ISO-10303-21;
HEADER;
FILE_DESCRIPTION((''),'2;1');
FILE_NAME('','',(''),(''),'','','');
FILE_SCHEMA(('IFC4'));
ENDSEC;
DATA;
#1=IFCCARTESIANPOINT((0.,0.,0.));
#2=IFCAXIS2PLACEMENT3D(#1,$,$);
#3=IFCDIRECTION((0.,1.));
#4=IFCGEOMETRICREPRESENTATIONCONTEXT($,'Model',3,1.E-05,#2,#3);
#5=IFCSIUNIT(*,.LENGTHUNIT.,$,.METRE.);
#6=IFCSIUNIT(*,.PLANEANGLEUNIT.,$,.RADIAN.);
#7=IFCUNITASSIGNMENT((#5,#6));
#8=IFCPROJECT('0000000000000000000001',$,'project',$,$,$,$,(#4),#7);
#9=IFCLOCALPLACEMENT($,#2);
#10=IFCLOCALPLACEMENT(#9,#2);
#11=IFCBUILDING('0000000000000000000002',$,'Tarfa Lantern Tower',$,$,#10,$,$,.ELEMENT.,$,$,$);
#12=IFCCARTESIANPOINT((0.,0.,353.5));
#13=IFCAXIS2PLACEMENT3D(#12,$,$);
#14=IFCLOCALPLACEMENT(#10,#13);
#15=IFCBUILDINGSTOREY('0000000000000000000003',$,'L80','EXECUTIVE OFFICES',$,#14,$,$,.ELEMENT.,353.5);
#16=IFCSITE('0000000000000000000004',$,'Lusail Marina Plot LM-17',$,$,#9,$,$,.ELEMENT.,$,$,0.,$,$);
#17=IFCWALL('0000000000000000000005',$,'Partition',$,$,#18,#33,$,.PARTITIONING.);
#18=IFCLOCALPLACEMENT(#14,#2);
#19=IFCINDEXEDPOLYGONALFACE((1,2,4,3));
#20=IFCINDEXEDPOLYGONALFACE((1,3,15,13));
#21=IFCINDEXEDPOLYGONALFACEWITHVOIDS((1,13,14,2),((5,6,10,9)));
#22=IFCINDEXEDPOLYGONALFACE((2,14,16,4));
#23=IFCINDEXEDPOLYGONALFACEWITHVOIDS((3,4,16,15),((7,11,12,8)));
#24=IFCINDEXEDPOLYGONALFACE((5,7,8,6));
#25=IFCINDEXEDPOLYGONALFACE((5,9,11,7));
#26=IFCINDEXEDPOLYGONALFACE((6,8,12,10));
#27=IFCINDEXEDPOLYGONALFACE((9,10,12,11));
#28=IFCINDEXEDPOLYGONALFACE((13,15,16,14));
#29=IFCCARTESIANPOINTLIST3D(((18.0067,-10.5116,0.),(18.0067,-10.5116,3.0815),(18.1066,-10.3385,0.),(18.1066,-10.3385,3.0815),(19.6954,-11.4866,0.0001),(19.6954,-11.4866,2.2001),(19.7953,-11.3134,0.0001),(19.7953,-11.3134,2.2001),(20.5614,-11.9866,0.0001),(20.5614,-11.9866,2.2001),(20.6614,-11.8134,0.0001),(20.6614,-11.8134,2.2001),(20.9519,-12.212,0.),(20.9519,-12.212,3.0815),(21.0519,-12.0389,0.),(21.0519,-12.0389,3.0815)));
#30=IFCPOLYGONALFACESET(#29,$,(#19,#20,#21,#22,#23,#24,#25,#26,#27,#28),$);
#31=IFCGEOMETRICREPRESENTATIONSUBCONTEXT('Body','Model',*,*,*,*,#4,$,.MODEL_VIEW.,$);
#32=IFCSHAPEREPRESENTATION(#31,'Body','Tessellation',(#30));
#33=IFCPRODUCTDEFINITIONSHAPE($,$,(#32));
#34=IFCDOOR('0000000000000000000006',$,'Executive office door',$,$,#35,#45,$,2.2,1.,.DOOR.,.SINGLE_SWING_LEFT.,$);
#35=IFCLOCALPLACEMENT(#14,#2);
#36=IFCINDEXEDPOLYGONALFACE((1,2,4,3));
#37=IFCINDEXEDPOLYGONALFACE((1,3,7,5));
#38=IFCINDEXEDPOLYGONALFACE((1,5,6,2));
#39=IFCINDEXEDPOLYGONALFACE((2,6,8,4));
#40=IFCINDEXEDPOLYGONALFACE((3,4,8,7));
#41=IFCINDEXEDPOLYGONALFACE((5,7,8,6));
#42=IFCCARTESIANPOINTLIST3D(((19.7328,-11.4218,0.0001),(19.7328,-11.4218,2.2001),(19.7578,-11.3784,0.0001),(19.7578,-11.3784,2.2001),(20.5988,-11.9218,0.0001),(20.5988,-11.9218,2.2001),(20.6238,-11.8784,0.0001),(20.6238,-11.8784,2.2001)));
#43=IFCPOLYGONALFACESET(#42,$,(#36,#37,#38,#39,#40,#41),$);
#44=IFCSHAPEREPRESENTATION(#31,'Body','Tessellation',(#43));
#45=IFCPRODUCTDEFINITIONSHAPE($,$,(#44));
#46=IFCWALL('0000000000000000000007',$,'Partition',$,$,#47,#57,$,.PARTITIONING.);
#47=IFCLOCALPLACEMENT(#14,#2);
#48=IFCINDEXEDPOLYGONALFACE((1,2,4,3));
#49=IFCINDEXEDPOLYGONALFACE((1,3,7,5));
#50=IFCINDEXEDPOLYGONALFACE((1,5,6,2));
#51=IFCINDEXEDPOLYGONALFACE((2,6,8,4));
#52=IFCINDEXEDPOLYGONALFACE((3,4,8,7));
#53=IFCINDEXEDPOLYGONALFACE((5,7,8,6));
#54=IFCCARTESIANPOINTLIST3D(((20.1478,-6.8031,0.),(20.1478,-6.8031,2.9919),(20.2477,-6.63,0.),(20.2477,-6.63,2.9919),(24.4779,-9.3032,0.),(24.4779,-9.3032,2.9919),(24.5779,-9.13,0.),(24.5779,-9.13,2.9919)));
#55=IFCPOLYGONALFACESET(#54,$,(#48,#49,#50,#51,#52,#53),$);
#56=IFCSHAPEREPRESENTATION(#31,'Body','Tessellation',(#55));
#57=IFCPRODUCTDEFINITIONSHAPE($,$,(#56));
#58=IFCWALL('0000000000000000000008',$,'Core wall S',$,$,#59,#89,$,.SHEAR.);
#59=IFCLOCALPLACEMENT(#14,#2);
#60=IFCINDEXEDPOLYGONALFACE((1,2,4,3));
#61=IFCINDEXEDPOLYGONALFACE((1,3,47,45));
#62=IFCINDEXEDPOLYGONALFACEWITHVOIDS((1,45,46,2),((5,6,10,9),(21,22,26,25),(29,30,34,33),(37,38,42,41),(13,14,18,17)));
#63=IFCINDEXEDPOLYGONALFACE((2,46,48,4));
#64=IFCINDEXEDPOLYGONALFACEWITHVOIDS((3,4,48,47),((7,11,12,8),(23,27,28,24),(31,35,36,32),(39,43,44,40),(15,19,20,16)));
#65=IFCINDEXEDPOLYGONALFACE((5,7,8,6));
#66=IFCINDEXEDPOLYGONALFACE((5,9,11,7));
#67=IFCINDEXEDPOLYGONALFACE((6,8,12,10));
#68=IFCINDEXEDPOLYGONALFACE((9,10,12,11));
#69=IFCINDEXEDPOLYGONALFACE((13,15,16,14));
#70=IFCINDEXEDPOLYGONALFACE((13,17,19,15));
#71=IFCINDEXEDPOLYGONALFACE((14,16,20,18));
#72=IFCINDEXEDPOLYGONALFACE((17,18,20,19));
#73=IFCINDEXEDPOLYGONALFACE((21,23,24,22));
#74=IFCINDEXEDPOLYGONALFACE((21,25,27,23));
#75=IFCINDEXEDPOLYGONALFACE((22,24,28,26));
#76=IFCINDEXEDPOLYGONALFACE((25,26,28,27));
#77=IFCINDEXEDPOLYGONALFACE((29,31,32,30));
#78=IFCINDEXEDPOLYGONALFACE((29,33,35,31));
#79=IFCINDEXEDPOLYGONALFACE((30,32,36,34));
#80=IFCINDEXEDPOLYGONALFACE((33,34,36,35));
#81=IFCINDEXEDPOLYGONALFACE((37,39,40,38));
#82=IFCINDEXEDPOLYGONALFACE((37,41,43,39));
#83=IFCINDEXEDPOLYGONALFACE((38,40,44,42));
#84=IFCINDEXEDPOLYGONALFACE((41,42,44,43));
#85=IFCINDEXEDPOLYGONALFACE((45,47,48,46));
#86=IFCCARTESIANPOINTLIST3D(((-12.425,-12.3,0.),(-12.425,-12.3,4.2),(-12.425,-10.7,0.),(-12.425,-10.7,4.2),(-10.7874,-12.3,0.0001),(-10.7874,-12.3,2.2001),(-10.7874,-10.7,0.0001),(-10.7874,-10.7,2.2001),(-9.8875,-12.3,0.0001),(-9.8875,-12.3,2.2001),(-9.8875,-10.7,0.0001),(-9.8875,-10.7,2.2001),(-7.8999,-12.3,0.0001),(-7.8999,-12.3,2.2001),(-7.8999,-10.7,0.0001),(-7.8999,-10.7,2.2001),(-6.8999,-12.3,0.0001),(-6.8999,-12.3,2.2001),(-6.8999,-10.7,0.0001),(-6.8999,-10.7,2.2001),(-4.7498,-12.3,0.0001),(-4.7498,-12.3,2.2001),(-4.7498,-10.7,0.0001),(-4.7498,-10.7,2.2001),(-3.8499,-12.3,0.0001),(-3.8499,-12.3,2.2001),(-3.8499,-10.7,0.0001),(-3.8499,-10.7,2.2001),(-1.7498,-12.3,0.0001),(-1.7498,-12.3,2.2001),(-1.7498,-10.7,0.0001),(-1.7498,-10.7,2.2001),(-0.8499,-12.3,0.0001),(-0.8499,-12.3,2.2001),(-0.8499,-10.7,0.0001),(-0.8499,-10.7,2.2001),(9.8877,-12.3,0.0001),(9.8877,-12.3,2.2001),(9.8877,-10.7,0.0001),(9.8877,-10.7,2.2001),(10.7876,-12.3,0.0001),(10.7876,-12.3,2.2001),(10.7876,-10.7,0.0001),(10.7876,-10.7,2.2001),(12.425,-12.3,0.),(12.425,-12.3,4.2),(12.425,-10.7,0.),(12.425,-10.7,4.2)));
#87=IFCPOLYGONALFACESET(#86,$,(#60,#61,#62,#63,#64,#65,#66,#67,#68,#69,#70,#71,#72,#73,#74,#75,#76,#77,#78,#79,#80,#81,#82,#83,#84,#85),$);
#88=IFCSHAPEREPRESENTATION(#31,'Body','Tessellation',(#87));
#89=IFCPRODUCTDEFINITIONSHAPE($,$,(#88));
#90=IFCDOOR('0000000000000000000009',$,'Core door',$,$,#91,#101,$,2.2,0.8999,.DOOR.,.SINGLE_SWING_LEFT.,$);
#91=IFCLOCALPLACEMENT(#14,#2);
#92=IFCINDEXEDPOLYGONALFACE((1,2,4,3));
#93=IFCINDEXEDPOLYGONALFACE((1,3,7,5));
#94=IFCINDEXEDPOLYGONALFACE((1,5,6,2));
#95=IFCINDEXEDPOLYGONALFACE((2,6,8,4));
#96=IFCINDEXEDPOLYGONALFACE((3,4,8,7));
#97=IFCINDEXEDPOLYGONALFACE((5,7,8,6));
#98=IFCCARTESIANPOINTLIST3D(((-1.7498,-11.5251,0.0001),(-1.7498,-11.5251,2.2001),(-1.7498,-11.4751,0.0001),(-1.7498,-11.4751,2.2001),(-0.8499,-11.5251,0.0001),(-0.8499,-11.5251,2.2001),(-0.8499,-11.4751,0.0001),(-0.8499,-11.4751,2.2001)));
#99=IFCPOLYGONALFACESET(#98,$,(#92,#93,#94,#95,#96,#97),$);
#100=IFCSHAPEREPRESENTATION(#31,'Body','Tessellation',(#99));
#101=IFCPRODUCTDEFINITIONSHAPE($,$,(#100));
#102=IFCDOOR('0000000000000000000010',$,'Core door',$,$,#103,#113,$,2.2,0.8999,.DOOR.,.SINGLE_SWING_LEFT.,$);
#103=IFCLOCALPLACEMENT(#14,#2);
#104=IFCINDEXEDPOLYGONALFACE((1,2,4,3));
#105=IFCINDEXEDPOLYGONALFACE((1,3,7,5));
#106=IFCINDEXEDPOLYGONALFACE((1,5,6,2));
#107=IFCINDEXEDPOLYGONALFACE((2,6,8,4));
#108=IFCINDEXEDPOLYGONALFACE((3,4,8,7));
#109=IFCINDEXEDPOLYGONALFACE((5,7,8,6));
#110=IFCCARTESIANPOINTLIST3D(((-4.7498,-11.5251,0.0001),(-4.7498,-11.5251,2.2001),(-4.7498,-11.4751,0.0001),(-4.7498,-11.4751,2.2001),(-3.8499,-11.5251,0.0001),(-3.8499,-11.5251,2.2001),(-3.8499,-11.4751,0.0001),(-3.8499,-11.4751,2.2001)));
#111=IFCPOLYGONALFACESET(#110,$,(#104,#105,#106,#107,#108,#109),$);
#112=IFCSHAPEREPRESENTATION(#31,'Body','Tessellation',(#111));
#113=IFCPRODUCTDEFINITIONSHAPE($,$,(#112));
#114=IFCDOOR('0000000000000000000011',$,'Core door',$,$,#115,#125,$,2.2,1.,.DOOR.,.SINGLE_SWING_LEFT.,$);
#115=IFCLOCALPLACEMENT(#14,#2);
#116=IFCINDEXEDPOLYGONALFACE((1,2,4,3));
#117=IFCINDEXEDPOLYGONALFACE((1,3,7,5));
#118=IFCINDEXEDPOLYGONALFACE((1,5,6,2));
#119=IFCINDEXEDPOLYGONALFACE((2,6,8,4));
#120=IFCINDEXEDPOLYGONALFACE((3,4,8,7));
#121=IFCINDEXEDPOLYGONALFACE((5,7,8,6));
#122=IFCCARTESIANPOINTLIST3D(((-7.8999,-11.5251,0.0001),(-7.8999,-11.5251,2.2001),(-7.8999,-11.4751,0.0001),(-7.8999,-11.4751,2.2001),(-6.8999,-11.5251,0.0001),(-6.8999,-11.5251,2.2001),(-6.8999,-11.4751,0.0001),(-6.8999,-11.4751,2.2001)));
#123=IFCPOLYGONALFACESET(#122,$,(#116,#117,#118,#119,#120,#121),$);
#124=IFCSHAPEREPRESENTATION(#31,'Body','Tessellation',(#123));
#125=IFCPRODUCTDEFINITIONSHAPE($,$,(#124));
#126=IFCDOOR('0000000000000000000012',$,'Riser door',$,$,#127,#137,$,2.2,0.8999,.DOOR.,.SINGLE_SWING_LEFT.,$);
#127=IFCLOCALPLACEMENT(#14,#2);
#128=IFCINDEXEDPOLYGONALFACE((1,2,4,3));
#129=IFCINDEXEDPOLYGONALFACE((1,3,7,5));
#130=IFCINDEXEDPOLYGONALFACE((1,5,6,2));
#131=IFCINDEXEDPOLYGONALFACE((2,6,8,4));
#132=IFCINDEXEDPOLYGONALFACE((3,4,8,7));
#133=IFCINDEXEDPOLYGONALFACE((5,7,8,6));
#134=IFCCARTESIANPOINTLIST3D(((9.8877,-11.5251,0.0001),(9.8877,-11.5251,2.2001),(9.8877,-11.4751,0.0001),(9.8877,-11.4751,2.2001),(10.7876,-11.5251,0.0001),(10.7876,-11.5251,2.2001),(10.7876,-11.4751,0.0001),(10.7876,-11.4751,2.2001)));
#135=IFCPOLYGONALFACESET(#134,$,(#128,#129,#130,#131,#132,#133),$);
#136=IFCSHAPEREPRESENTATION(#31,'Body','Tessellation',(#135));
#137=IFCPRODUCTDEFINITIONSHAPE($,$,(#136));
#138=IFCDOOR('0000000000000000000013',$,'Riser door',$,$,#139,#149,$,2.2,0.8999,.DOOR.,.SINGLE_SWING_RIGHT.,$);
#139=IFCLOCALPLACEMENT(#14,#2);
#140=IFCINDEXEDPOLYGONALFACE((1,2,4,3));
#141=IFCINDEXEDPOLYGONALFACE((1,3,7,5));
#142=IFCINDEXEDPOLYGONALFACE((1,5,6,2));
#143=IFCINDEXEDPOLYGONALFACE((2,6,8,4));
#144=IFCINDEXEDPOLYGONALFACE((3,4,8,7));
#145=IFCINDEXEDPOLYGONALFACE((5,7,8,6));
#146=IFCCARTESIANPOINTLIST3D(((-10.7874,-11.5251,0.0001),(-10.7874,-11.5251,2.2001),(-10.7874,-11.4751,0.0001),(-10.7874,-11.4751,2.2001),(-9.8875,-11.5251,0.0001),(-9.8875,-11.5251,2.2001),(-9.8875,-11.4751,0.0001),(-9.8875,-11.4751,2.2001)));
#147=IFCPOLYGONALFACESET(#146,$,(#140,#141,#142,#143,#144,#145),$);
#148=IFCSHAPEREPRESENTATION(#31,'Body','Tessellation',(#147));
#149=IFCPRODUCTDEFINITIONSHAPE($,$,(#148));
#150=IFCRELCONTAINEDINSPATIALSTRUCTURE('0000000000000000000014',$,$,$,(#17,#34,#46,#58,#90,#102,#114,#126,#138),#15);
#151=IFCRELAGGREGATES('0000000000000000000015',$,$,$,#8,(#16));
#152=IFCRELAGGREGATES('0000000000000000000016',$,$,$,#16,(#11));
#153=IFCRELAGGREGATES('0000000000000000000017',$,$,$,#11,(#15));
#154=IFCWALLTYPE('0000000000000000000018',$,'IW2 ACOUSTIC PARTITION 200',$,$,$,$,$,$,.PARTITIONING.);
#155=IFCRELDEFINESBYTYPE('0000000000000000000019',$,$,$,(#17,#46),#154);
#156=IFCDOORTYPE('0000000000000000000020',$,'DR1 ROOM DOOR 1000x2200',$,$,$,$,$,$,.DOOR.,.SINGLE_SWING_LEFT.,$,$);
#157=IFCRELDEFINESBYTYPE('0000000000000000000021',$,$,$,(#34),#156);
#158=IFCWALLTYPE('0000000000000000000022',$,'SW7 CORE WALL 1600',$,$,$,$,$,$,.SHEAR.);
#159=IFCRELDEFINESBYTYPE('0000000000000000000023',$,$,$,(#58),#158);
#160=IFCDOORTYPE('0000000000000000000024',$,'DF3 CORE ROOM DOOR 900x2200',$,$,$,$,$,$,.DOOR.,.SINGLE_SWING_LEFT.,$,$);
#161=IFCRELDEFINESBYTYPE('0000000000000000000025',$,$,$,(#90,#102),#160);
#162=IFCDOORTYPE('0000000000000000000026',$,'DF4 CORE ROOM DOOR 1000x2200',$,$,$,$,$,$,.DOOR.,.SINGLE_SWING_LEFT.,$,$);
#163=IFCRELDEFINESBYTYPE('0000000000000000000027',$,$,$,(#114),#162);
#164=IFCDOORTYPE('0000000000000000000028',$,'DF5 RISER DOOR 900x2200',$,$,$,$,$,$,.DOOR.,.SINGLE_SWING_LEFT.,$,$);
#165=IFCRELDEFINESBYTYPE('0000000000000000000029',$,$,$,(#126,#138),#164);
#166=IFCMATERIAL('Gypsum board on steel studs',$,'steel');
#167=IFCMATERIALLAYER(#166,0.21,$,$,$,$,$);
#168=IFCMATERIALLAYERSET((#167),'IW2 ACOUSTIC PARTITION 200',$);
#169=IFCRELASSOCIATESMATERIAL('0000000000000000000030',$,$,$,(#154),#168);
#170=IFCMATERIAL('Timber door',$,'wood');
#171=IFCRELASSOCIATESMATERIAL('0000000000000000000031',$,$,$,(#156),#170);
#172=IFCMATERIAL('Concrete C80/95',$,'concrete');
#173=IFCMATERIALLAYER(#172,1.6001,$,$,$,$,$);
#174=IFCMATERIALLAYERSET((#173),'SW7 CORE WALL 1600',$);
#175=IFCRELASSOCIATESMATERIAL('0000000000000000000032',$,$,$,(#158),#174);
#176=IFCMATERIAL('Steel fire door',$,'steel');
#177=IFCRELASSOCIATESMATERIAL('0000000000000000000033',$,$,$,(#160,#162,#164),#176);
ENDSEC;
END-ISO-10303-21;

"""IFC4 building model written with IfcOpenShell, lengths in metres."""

from ifc_helpers import new_model, si_unit, direction, frame, frame_2d, origin, place, context, subcontext, project, spatial, rectangle, extrude, material, layer, layer_set, type_object, element, fill, save


model = new_model("IFC4")

# Units and contexts
model_context = context("Model", 3, precision=1e-05, world=origin(), true_north=direction((0.0, 1.0)))
body_context = subcontext(model_context, "Body", "Model", "MODEL_VIEW")
ifc_project = project(units=[si_unit("LENGTHUNIT", "METRE"), si_unit("PLANEANGLEUNIT", "RADIAN")], contexts=[model_context])

# Site, building, storey
site_placement = place(None, origin())
site = spatial("IfcSite", under=ifc_project, at=site_placement, Name="Lusail Marina Plot LM-17", CompositionType="ELEMENT", RefElevation=0.0)
building_placement = place(site_placement, origin())
building = spatial("IfcBuilding", under=site, at=building_placement, Name="Tarfa Lantern Tower", CompositionType="ELEMENT")
storey_placement = place(building_placement, frame((0.0, 0.0, 353.5)))
storey = spatial("IfcBuildingStorey", under=building, at=storey_placement, Name="L80", Description="EXECUTIVE OFFICES", CompositionType="ELEMENT", Elevation=353.5)

# Shared definitions
ifc_material_1 = material(Name="Concrete C80/95", Category="concrete")

# Wall, opening, door
ifc_material_2 = material(Name="Gypsum board on steel studs", Category="steel")
ifc_layer_1 = layer(ifc_material_2, 0.21)
ifc_layer_set_1 = layer_set([ifc_layer_1], Name="IW2 ACOUSTIC PARTITION 200")
wall_type_1 = type_object("IfcWallType", Name="IW2 ACOUSTIC PARTITION 200", PredefinedType="PARTITIONING", material=ifc_layer_set_1)
wall_1_placement = place(storey_placement, frame((18.0566, -10.425, 0.0), z_axis=(0.0, 0.0, 1.0), x_axis=(0.86603, -0.499992, 0.0)))
wall_1 = element("IfcWall", 1, at=wall_1_placement, inside=storey, type_object=wall_type_1, Name="Partition", PredefinedType="PARTITIONING", context=body_context, shape_type="SweptSolid", body=[
    extrude(rectangle(XDim=3.4009, YDim=0.2, at=frame_2d((1.7004, 0.0))), origin(), (0.0, 0.0, 1.0), 3.0815),
])
opening_1_placement = place(wall_1_placement, frame((1.95, 0.0, 0.0)))
opening_1 = element("IfcOpeningElement", 2, at=opening_1_placement, cuts=wall_1, PredefinedType="OPENING", context=body_context, shape_type="SweptSolid", body=[
    extrude(rectangle(XDim=1.0, YDim=2.2, at=frame_2d((0.5, 1.1001))), frame((0.0, 0.1099, 0.0), z_axis=(0.0, -1.0, 0.0), x_axis=(1.0, 0.0, 0.0)), (0.0, 0.0, 1.0), 0.22),
])
ifc_material_3 = material(Name="Timber door", Category="wood")
door_type_1 = type_object("IfcDoorType", Name="DR1 ROOM DOOR 1000x2200", OperationType="SINGLE_SWING_LEFT", PredefinedType="DOOR", material=ifc_material_3)
door_1_placement = place(opening_1_placement, origin())
door_1 = element("IfcDoor", 3, at=door_1_placement, inside=storey, type_object=door_type_1, Name="Executive office door", OperationType="SINGLE_SWING_LEFT", OverallHeight=2.2, OverallWidth=1.0, PredefinedType="DOOR", context=body_context, shape_type="SweptSolid", body=[
    extrude(rectangle(XDim=1.0, YDim=2.2, at=frame_2d((0.5, 1.1001))), frame((0.0, 0.0249, 0.0), z_axis=(0.0, -1.0, 0.0), x_axis=(1.0, 0.0, 0.0)), (0.0, 0.0, 1.0), 0.05),
])
fill(opening_1, door_1)

# Wall
wall_2_placement = place(storey_placement, frame((20.1978, -6.7166, 0.0), z_axis=(0.0, 0.0, 1.0), x_axis=(0.866023, -0.500004, 0.0)))
element("IfcWall", 4, at=wall_2_placement, inside=storey, type_object=wall_type_1, Name="Partition", PredefinedType="PARTITIONING", context=body_context, shape_type="SweptSolid", body=[
    extrude(rectangle(XDim=5.0, YDim=0.2, at=frame_2d((2.5, 0.0))), origin(), (0.0, 0.0, 1.0), 2.9919),
])

# Shared definitions
ifc_material_4 = material(Name="Steel fire door", Category="steel")

# Wall, openings, doors
ifc_layer_2 = layer(ifc_material_1, 1.6001)
ifc_layer_set_2 = layer_set([ifc_layer_2], Name="SW7 CORE WALL 1600")
wall_type_2 = type_object("IfcWallType", Name="SW7 CORE WALL 1600", PredefinedType="SHEAR", material=ifc_layer_set_2)
wall_3_placement = place(storey_placement, frame((12.425, -11.5, 0.0), z_axis=(0.0, 0.0, 1.0), x_axis=(-1.0, 0.0, 0.0)))
wall_3 = element("IfcWall", 5, at=wall_3_placement, inside=storey, type_object=wall_type_2, Name="Core wall S", PredefinedType="SHEAR", context=body_context, shape_type="SweptSolid", body=[
    extrude(rectangle(XDim=24.8501, YDim=1.6001, at=frame_2d((12.425, 0.0))), origin(), (0.0, 0.0, 1.0), 4.2),
])
opening_2_placement = place(wall_3_placement, frame((13.2749, 0.0, 0.0)))
opening_2 = element("IfcOpeningElement", 6, at=opening_2_placement, cuts=wall_3, PredefinedType="OPENING", context=body_context, shape_type="SweptSolid", body=[
    extrude(rectangle(XDim=0.8999, YDim=2.2, at=frame_2d((0.45, 1.1001))), frame((0.0, 0.8101, 0.0), z_axis=(0.0, -1.0, 0.0), x_axis=(1.0, 0.0, 0.0)), (0.0, 0.0, 1.0), 1.6201),
])
opening_3_placement = place(wall_3_placement, frame((16.2749, 0.0, 0.0)))
opening_3 = element("IfcOpeningElement", 7, at=opening_3_placement, cuts=wall_3, PredefinedType="OPENING", context=body_context, shape_type="SweptSolid", body=[
    extrude(rectangle(XDim=0.8999, YDim=2.2, at=frame_2d((0.45, 1.1001))), frame((0.0, 0.8101, 0.0), z_axis=(0.0, -1.0, 0.0), x_axis=(1.0, 0.0, 0.0)), (0.0, 0.0, 1.0), 1.6201),
])
opening_4_placement = place(wall_3_placement, frame((19.325, 0.0, 0.0)))
opening_4 = element("IfcOpeningElement", 8, at=opening_4_placement, cuts=wall_3, PredefinedType="OPENING", context=body_context, shape_type="SweptSolid", body=[
    extrude(rectangle(XDim=1.0, YDim=2.2, at=frame_2d((0.5, 1.1001))), frame((0.0, 0.8101, 0.0), z_axis=(0.0, -1.0, 0.0), x_axis=(1.0, 0.0, 0.0)), (0.0, 0.0, 1.0), 1.6201),
])
opening_5_placement = place(wall_3_placement, frame((1.6375, 0.0, 0.0)))
opening_5 = element("IfcOpeningElement", 9, at=opening_5_placement, cuts=wall_3, PredefinedType="OPENING", context=body_context, shape_type="SweptSolid", body=[
    extrude(rectangle(XDim=0.8999, YDim=2.2, at=frame_2d((0.45, 1.1001))), frame((0.0, 0.8101, 0.0), z_axis=(0.0, -1.0, 0.0), x_axis=(1.0, 0.0, 0.0)), (0.0, 0.0, 1.0), 1.6201),
])
opening_6_placement = place(wall_3_placement, frame((22.3125, 0.0, 0.0)))
opening_6 = element("IfcOpeningElement", 10, at=opening_6_placement, cuts=wall_3, PredefinedType="OPENING", context=body_context, shape_type="SweptSolid", body=[
    extrude(rectangle(XDim=0.8999, YDim=2.2, at=frame_2d((0.45, 1.1001))), frame((0.0, 0.8101, 0.0), z_axis=(0.0, -1.0, 0.0), x_axis=(1.0, 0.0, 0.0)), (0.0, 0.0, 1.0), 1.6201),
])
door_type_2 = type_object("IfcDoorType", Name="DF3 CORE ROOM DOOR 900x2200", OperationType="SINGLE_SWING_LEFT", PredefinedType="DOOR", material=ifc_material_4)
door_2_placement = place(opening_2_placement, frame((0.8999, 0.0, 0.0), z_axis=(0.0, 0.0, 1.0), x_axis=(-1.0, 0.0, 0.0)))
door_2 = element("IfcDoor", 11, at=door_2_placement, inside=storey, type_object=door_type_2, Name="Core door", OperationType="SINGLE_SWING_LEFT", OverallHeight=2.2, OverallWidth=0.8999, PredefinedType="DOOR", context=body_context, shape_type="SweptSolid", body=[
    extrude(rectangle(XDim=0.8999, YDim=2.2, at=frame_2d((0.45, 1.1001))), frame((0.0, 0.0249, 0.0), z_axis=(0.0, -1.0, 0.0), x_axis=(1.0, 0.0, 0.0)), (0.0, 0.0, 1.0), 0.05),
])
fill(opening_2, door_2)
door_3_placement = place(opening_3_placement, frame((0.8999, 0.0, 0.0), z_axis=(0.0, 0.0, 1.0), x_axis=(-1.0, 0.0, 0.0)))
door_3 = element("IfcDoor", 12, at=door_3_placement, inside=storey, type_object=door_type_2, Name="Core door", OperationType="SINGLE_SWING_LEFT", OverallHeight=2.2, OverallWidth=0.8999, PredefinedType="DOOR", context=body_context, shape_type="SweptSolid", body=[
    extrude(rectangle(XDim=0.8999, YDim=2.2, at=frame_2d((0.45, 1.1001))), frame((0.0, 0.0249, 0.0), z_axis=(0.0, -1.0, 0.0), x_axis=(1.0, 0.0, 0.0)), (0.0, 0.0, 1.0), 0.05),
])
fill(opening_3, door_3)
door_type_3 = type_object("IfcDoorType", Name="DF4 CORE ROOM DOOR 1000x2200", OperationType="SINGLE_SWING_LEFT", PredefinedType="DOOR", material=ifc_material_4)
door_4_placement = place(opening_4_placement, frame((1.0, 0.0, 0.0), z_axis=(0.0, 0.0, 1.0), x_axis=(-1.0, 0.0, 0.0)))
door_4 = element("IfcDoor", 13, at=door_4_placement, inside=storey, type_object=door_type_3, Name="Core door", OperationType="SINGLE_SWING_LEFT", OverallHeight=2.2, OverallWidth=1.0, PredefinedType="DOOR", context=body_context, shape_type="SweptSolid", body=[
    extrude(rectangle(XDim=1.0, YDim=2.2, at=frame_2d((0.5, 1.1001))), frame((0.0, 0.0249, 0.0), z_axis=(0.0, -1.0, 0.0), x_axis=(1.0, 0.0, 0.0)), (0.0, 0.0, 1.0), 0.05),
])
fill(opening_4, door_4)
door_type_4 = type_object("IfcDoorType", Name="DF5 RISER DOOR 900x2200", OperationType="SINGLE_SWING_LEFT", PredefinedType="DOOR", material=ifc_material_4)
door_5_placement = place(opening_5_placement, frame((0.8999, 0.0, 0.0), z_axis=(0.0, 0.0, 1.0), x_axis=(-1.0, 0.0, 0.0)))
door_5 = element("IfcDoor", 14, at=door_5_placement, inside=storey, type_object=door_type_4, Name="Riser door", OperationType="SINGLE_SWING_LEFT", OverallHeight=2.2, OverallWidth=0.8999, PredefinedType="DOOR", context=body_context, shape_type="SweptSolid", body=[
    extrude(rectangle(XDim=0.8999, YDim=2.2, at=frame_2d((0.45, 1.1001))), frame((0.0, 0.0249, 0.0), z_axis=(0.0, -1.0, 0.0), x_axis=(1.0, 0.0, 0.0)), (0.0, 0.0, 1.0), 0.05),
])
fill(opening_5, door_5)
door_6_placement = place(opening_6_placement, frame((0.8999, 0.0, 0.0), z_axis=(0.0, 0.0, 1.0), x_axis=(-1.0, 0.0, 0.0)))
door_6 = element("IfcDoor", 15, at=door_6_placement, inside=storey, type_object=door_type_4, Name="Riser door", OperationType="SINGLE_SWING_RIGHT", OverallHeight=2.2, OverallWidth=0.8999, PredefinedType="DOOR", context=body_context, shape_type="SweptSolid", body=[
    extrude(rectangle(XDim=0.8999, YDim=2.2, at=frame_2d((0.45, 1.1001))), frame((0.0, 0.0249, 0.0), z_axis=(0.0, -1.0, 0.0), x_axis=(1.0, 0.0, 0.0)), (0.0, 0.0, 1.0), 0.05),
])
fill(opening_6, door_6)

save(model, "model.ifc")
